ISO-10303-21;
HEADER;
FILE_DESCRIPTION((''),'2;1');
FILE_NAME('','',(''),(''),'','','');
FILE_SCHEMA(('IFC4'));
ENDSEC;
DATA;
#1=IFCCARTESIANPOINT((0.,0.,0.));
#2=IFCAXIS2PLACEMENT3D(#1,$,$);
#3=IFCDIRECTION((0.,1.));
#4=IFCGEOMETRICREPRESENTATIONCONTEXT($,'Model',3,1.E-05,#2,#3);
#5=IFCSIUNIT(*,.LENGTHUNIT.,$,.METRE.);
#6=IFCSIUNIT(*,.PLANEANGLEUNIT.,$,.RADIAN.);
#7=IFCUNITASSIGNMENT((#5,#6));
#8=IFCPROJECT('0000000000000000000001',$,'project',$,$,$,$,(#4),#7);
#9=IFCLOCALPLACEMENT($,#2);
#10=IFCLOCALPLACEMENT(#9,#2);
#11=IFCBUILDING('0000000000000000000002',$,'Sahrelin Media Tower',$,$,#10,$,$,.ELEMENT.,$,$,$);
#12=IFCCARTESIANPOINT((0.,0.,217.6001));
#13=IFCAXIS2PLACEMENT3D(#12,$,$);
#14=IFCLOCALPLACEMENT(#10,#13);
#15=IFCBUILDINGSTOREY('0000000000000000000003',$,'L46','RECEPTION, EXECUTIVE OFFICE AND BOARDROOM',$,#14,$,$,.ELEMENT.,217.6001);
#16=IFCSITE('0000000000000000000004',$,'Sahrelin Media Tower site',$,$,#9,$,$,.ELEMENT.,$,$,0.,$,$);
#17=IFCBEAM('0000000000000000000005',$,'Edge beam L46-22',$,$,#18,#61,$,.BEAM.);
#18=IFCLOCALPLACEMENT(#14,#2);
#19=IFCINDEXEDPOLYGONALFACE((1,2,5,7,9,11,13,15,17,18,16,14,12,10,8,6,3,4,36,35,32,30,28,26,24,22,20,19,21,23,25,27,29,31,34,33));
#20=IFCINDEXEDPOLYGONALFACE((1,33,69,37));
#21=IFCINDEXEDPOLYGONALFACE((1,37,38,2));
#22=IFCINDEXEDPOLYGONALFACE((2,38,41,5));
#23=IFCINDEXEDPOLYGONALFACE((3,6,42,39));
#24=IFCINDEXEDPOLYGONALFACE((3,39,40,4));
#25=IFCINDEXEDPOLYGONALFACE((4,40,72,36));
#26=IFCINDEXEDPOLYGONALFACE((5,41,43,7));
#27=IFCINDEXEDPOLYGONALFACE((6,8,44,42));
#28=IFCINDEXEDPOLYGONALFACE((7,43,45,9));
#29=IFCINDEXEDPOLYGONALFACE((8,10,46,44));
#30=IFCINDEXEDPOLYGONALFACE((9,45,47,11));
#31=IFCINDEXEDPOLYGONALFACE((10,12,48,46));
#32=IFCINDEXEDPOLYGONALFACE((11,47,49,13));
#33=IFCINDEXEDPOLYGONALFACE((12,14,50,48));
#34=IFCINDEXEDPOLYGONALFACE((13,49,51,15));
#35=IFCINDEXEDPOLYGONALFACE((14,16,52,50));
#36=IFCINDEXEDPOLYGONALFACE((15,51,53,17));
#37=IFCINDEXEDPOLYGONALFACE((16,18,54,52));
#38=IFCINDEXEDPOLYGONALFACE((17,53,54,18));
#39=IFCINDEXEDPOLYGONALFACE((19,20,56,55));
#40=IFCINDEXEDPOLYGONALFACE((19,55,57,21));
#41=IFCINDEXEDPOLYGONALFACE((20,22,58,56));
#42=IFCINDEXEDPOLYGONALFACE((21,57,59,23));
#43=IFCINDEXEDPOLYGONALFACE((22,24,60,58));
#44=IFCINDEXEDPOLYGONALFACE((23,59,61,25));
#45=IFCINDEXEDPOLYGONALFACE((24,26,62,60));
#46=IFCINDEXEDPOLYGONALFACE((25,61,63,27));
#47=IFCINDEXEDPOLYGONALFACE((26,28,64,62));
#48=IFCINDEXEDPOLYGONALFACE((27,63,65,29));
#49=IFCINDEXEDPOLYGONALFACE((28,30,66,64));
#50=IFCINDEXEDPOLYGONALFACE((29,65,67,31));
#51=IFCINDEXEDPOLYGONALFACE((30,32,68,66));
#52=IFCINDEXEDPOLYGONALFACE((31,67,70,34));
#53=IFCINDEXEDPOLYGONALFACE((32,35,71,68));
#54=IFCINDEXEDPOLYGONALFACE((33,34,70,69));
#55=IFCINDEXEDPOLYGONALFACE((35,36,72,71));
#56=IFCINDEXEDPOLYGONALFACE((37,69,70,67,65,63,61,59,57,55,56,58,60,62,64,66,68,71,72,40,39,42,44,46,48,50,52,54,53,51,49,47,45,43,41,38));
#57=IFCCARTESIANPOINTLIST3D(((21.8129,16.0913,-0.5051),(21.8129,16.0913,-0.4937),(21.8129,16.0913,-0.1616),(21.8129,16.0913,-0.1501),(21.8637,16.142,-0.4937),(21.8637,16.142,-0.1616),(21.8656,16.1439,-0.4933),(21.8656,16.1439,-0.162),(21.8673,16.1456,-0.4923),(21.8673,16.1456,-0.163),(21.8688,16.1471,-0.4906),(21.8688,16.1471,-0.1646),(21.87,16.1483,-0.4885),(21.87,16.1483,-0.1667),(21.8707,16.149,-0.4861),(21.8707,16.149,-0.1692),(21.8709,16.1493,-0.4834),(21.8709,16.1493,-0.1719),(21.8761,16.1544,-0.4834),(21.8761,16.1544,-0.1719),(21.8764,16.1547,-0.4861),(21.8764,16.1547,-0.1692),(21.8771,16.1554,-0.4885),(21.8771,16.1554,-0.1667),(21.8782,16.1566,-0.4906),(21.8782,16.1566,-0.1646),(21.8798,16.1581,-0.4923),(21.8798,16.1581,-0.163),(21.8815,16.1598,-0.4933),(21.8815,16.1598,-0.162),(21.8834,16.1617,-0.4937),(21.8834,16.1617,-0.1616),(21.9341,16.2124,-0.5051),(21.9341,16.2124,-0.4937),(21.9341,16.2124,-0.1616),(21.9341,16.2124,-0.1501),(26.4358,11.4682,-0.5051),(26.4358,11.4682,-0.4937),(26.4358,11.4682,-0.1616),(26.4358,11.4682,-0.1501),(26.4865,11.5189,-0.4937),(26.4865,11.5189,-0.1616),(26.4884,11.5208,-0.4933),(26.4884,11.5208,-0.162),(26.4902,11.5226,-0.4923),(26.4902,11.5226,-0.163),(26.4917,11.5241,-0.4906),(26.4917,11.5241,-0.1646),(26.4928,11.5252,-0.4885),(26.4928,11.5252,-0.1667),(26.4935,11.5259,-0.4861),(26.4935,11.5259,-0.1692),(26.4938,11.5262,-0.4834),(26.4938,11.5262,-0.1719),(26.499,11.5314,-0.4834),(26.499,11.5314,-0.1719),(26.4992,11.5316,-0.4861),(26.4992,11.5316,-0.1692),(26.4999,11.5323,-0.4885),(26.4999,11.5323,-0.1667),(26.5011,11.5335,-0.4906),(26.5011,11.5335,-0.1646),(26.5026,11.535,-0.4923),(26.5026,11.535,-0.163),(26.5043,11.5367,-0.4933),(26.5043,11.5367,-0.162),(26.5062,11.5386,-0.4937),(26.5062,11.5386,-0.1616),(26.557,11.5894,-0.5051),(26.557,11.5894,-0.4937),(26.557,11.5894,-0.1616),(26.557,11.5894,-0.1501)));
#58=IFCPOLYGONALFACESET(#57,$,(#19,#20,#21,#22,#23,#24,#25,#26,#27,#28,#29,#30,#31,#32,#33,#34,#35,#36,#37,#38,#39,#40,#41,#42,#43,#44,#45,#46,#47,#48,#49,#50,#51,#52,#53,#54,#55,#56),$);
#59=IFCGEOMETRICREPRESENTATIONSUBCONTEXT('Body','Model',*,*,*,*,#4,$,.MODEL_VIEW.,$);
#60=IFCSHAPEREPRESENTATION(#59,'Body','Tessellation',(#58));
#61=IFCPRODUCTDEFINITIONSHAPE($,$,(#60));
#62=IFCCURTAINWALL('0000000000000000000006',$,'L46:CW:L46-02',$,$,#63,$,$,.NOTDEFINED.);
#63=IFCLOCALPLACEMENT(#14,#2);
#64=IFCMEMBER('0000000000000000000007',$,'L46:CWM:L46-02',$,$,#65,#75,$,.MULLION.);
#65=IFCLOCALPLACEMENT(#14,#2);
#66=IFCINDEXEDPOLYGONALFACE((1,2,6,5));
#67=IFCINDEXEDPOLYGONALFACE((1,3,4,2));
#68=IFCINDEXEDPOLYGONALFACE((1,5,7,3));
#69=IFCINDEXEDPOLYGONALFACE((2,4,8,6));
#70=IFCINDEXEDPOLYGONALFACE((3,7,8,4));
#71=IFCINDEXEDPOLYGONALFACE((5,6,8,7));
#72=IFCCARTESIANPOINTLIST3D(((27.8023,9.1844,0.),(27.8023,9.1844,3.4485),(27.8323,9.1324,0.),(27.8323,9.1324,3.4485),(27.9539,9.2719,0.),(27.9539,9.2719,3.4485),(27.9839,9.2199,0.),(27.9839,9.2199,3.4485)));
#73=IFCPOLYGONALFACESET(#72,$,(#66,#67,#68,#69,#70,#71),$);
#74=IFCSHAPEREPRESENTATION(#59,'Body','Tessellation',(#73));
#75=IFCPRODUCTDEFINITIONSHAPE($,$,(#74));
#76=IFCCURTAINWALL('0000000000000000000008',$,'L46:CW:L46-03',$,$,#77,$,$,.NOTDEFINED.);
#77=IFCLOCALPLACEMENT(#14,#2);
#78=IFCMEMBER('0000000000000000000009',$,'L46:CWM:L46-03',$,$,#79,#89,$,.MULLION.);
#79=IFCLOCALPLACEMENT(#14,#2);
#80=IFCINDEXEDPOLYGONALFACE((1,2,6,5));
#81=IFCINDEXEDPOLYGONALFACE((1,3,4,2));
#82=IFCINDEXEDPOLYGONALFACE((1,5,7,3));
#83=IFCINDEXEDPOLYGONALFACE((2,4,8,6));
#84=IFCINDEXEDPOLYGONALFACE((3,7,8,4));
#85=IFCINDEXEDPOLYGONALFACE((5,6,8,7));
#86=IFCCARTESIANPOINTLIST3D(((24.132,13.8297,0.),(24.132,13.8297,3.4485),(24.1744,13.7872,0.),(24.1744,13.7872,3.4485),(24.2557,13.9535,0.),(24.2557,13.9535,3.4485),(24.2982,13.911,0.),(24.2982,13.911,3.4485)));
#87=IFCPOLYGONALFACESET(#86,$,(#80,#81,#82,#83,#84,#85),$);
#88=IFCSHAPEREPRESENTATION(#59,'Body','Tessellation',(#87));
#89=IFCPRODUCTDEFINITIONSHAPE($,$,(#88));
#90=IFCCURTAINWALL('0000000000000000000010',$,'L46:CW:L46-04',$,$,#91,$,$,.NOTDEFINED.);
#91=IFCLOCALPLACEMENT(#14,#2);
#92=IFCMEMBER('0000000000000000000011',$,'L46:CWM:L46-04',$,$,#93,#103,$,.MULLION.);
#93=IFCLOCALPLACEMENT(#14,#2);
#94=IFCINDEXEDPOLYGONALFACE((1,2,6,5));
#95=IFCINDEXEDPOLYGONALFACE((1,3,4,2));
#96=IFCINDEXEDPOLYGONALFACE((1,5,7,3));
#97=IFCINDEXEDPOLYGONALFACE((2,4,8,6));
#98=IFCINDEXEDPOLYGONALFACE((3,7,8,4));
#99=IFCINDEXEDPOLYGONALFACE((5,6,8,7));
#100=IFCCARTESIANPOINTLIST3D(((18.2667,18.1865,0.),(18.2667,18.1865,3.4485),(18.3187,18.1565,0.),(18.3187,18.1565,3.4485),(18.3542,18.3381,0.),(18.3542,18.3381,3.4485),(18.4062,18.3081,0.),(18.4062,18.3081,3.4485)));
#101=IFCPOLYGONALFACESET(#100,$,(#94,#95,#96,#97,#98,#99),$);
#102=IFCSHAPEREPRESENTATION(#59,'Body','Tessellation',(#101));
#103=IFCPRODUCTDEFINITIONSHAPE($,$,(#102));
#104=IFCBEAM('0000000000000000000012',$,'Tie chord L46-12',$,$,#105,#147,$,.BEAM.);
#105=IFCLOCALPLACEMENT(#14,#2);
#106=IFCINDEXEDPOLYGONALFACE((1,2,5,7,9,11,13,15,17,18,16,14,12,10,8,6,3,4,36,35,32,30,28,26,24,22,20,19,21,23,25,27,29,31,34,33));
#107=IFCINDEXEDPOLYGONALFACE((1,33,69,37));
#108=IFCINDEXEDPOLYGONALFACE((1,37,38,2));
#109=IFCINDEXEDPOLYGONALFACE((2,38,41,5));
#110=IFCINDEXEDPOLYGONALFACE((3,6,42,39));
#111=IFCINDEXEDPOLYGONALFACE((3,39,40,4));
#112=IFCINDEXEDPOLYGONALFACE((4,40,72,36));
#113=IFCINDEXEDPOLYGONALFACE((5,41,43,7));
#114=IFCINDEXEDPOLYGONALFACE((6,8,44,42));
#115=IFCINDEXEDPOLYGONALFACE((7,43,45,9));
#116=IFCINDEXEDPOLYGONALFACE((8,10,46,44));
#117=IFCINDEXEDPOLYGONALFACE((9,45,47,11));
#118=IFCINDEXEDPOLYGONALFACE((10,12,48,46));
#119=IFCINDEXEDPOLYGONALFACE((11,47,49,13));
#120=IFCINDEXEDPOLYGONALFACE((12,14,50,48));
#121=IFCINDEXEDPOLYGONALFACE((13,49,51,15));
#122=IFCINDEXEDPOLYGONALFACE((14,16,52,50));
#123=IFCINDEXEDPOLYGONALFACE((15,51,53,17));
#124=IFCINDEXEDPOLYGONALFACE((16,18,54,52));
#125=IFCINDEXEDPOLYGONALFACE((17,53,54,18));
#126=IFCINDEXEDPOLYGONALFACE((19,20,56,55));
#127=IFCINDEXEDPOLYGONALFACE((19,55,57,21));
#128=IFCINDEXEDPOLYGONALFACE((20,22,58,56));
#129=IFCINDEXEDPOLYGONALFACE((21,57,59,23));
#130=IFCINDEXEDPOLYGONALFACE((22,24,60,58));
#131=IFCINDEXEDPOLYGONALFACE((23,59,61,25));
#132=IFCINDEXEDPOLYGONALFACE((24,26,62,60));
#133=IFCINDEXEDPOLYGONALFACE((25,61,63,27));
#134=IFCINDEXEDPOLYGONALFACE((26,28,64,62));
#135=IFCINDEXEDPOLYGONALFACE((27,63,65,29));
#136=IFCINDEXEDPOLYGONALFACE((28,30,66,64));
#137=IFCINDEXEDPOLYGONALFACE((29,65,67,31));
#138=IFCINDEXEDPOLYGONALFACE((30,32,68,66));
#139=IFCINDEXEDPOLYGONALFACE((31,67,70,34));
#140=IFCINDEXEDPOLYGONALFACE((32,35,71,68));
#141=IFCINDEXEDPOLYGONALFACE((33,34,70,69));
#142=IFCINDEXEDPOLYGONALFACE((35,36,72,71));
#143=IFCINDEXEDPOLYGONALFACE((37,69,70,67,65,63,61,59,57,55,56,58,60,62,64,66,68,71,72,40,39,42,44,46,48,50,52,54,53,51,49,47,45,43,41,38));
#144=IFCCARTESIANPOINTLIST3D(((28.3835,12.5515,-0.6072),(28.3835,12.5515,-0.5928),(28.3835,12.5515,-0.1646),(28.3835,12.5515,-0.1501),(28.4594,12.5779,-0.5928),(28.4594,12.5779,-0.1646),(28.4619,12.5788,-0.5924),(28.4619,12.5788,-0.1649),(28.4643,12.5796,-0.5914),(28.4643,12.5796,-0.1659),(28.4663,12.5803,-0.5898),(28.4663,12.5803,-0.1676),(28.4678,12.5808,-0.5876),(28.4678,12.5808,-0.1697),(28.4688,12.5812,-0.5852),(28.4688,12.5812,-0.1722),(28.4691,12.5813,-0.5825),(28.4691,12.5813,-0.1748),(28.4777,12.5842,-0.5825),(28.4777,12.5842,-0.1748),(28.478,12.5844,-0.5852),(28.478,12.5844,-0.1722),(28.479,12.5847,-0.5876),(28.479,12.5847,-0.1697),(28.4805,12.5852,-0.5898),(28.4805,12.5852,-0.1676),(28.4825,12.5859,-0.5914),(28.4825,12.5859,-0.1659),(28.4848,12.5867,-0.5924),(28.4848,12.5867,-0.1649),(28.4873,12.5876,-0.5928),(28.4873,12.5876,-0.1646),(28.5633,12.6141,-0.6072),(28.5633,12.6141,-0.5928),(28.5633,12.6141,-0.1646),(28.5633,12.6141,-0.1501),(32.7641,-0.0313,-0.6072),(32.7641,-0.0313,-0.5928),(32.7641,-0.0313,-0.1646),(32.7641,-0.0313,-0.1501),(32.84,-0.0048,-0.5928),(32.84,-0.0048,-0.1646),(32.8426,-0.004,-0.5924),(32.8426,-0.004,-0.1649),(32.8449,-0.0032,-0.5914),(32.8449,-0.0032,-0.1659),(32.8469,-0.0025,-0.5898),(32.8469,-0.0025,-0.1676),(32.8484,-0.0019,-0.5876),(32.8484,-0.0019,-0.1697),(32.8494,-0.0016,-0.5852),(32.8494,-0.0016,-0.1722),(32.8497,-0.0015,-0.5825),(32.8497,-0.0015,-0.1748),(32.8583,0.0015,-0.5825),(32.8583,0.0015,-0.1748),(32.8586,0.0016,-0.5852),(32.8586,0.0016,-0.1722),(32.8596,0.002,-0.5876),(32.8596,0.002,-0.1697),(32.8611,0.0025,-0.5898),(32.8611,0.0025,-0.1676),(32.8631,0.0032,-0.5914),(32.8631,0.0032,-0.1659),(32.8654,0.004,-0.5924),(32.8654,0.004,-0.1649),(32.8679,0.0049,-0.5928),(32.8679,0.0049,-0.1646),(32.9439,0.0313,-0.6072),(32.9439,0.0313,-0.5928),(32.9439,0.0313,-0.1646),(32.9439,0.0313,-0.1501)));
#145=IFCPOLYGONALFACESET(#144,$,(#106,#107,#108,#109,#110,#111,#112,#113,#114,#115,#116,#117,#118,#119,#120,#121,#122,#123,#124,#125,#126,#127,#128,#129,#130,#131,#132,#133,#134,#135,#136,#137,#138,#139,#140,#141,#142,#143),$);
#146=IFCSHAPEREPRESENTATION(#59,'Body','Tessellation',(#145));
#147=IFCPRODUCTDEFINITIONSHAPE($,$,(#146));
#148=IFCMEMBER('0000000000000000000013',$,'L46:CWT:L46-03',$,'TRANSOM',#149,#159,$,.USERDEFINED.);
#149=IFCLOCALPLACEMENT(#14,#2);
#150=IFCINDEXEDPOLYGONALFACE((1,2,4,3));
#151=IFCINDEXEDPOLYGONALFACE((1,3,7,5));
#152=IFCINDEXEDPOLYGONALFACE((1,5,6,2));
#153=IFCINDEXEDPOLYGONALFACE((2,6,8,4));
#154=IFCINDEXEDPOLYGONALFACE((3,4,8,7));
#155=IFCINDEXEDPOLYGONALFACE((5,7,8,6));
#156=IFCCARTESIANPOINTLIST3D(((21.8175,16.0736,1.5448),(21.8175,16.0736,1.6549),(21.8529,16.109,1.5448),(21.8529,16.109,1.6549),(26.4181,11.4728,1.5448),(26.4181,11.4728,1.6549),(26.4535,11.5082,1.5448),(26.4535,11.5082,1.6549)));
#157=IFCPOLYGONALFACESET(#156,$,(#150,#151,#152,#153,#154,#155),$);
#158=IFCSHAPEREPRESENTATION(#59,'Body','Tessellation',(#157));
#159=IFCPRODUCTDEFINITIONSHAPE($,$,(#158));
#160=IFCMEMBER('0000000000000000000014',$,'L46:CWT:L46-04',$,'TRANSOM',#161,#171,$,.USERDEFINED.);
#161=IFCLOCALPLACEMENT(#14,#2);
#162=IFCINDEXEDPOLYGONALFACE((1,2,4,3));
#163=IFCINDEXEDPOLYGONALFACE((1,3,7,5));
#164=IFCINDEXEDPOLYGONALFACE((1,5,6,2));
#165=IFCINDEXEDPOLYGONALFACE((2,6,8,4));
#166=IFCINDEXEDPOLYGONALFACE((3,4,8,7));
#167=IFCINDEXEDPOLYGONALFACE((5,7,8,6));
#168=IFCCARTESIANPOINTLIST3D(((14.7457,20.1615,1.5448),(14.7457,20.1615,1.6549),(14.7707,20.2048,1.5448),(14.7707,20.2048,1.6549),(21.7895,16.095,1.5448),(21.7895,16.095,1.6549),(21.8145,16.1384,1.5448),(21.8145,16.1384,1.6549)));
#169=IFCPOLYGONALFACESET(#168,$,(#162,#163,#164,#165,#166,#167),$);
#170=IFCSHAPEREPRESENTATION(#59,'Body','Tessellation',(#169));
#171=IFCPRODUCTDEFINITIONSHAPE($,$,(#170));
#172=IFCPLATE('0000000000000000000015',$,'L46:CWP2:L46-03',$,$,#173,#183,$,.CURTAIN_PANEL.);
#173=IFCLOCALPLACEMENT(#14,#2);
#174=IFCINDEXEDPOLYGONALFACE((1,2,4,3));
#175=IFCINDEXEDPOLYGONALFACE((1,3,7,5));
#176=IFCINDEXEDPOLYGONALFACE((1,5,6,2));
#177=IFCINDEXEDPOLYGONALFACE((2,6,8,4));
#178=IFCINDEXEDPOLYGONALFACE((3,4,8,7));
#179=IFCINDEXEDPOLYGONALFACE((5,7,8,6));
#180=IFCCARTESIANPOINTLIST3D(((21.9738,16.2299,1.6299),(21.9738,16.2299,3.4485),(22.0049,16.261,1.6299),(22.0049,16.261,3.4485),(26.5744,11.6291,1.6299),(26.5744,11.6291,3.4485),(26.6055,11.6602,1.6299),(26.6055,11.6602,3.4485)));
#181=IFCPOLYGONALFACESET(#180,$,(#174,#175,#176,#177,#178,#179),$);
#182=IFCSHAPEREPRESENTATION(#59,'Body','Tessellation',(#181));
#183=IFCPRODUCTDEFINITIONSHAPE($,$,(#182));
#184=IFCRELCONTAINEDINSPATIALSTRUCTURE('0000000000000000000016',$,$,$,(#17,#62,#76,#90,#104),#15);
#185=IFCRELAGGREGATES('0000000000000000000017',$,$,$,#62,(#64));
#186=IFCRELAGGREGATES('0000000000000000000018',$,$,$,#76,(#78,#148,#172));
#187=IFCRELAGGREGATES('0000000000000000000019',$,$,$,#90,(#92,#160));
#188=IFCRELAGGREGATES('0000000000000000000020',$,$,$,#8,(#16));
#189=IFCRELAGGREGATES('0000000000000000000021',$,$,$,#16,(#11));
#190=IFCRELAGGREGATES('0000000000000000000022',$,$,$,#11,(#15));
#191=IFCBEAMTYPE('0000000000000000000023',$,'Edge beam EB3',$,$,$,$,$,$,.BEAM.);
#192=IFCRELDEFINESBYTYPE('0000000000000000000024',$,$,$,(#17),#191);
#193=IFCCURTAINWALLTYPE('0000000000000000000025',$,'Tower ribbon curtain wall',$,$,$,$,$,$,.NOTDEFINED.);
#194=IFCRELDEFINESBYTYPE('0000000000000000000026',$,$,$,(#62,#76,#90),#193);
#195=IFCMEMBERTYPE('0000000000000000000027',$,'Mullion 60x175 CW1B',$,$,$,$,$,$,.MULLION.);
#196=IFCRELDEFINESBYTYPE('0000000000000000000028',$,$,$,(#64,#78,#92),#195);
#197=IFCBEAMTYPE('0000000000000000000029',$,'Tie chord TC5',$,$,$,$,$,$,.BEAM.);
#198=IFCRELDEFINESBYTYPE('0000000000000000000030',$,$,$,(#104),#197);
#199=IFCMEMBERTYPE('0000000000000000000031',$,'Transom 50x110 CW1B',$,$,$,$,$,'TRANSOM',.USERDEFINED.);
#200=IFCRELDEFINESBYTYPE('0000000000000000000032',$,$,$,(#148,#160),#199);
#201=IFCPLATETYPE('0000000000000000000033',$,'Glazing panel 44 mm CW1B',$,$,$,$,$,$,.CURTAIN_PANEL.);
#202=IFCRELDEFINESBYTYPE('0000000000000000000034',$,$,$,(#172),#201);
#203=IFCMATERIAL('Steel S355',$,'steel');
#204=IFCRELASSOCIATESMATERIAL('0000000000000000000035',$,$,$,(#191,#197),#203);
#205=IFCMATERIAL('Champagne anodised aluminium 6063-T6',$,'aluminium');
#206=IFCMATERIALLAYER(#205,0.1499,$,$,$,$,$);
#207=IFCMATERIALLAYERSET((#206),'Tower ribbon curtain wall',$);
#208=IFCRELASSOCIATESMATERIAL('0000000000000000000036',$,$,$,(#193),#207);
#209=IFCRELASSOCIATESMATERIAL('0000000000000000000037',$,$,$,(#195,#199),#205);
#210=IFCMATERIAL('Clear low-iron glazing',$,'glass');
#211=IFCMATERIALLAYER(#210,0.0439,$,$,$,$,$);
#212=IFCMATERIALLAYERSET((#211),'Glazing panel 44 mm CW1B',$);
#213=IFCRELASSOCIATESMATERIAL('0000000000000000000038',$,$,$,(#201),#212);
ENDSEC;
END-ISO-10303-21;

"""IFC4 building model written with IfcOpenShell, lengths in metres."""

from ifc_helpers import new_model, si_unit, direction, frame, origin, origin_2d, place, context, subcontext, project, spatial, polyline, rectangle, i_section, outline, extrude, material, layer, layer_set, material_profile, profile_set, type_object, element, aggregate, save


model = new_model("IFC4")

# Units and contexts
model_context = context("Model", 3, precision=1e-05, world=origin(), true_north=direction((0.0, 1.0)))
body_context = subcontext(model_context, "Body", "Model", "MODEL_VIEW")
ifc_project = project(units=[si_unit("LENGTHUNIT", "METRE"), si_unit("PLANEANGLEUNIT", "RADIAN")], contexts=[model_context])

# Site, building, storey
site_placement = place(None, origin())
site = spatial("IfcSite", under=ifc_project, at=site_placement, Name="Sahrelin Media Tower site", CompositionType="ELEMENT", RefElevation=0.0)
building_placement = place(site_placement, origin())
building = spatial("IfcBuilding", under=site, at=building_placement, Name="Sahrelin Media Tower", CompositionType="ELEMENT")
storey_placement = place(building_placement, frame((0.0, 0.0, 217.6001)))
storey = spatial("IfcBuildingStorey", under=building, at=storey_placement, Name="L46", Description="RECEPTION, EXECUTIVE OFFICE AND BOARDROOM", CompositionType="ELEMENT", Elevation=217.6001)

# Beam
ifc_material_1 = material(Name="Steel S355", Category="steel")
ifc_material_profile_1 = material_profile(ifc_material_1, i_section(OverallWidth=0.1714, OverallDepth=0.355, WebThickness=0.0073, FlangeThickness=0.0115, FilletRadius=0.0103, at=origin_2d()), Name="UB 356x171x51")
ifc_profile_set_1 = profile_set([ifc_material_profile_1], Name="Steel S355")
beam_type_1 = type_object("IfcBeamType", Name="Edge beam EB3", PredefinedType="BEAM", material=ifc_profile_set_1)
beam_1_placement = place(storey_placement, frame((21.8735, 16.1519, -0.3276), z_axis=(0.707088, -0.707125, 0.0), x_axis=(0.707125, 0.707088, 0.0)))
element("IfcBeam", 1, at=beam_1_placement, inside=storey, type_object=beam_type_1, Name="Edge beam L46-22", PredefinedType="BEAM", context=body_context, shape_type="SweptSolid", body=[
    extrude(i_section(OverallWidth=0.1714, OverallDepth=0.355, WebThickness=0.0073, FlangeThickness=0.0115, FilletRadius=0.0103, at=origin_2d()), origin(), (0.0, 0.0, 1.0), 6.5378),
])

# Curtain walls, members
ifc_material_2 = material(Name="Champagne anodised aluminium 6063-T6", Category="aluminium")
ifc_layer_1 = layer(ifc_material_2, 0.1499)
ifc_layer_set_1 = layer_set([ifc_layer_1], Name="Tower ribbon curtain wall")
curtain_wall_type = type_object("IfcCurtainWallType", Name="Tower ribbon curtain wall", PredefinedType="NOTDEFINED", material=ifc_layer_set_1)
curtain_wall_1_placement = place(storey_placement, frame((27.9861, 9.2559, 0.0), z_axis=(0.0, 0.0, 1.0), x_axis=(1.0, 0.0, 0.0)))
curtain_wall_1 = element("IfcCurtainWall", 2, at=curtain_wall_1_placement, inside=storey, type_object=curtain_wall_type, Name="L46:CW:L46-02", PredefinedType="NOTDEFINED")
ifc_material_profile_2 = material_profile(ifc_material_2, rectangle(XDim=0.0601, YDim=0.175, at=origin_2d()), Name="Mullion 60x175")
ifc_profile_set_2 = profile_set([ifc_material_profile_2], Name="Champagne anodised aluminium 6063-T6")
member_type_1 = type_object("IfcMemberType", Name="Mullion 60x175 CW1B", PredefinedType="MULLION", material=ifc_profile_set_2)
member_1_placement = place(storey_placement, frame((27.8931, 9.2021, 0.0), z_axis=(0.0, 0.0, 1.0), x_axis=(-0.499995, 0.866028, 0.0)))
member_1 = element("IfcMember", 3, at=member_1_placement, type_object=member_type_1, Name="L46:CWM:L46-02", PredefinedType="MULLION", context=body_context, shape_type="SweptSolid", body=[
    extrude(rectangle(XDim=0.0601, YDim=0.175, at=origin_2d()), origin(), (0.0, 0.0, 1.0), 3.4485),
])
aggregate(curtain_wall_1, [member_1])
curtain_wall_2_placement = place(storey_placement, frame((24.291, 13.9463, 0.0), z_axis=(0.0, 0.0, 1.0), x_axis=(1.0, 0.0, 0.0)))
curtain_wall_2 = element("IfcCurtainWall", 4, at=curtain_wall_2_placement, inside=storey, type_object=curtain_wall_type, Name="L46:CW:L46-03", PredefinedType="NOTDEFINED")
member_2_placement = place(storey_placement, frame((24.2151, 13.8704, 0.0), z_axis=(0.0, 0.0, 1.0), x_axis=(-0.707107, 0.707107, 0.0)))
member_2 = element("IfcMember", 5, at=member_2_placement, type_object=member_type_1, Name="L46:CWM:L46-03", PredefinedType="MULLION", context=body_context, shape_type="SweptSolid", body=[
    extrude(rectangle(XDim=0.0601, YDim=0.175, at=origin_2d()), origin(), (0.0, 0.0, 1.0), 3.4485),
])
curtain_wall_3_placement = place(storey_placement, frame((18.3901, 18.3403, 0.0), z_axis=(0.0, 0.0, 1.0), x_axis=(1.0, 0.0, 0.0)))
curtain_wall_3 = element("IfcCurtainWall", 6, at=curtain_wall_3_placement, inside=storey, type_object=curtain_wall_type, Name="L46:CW:L46-04", PredefinedType="NOTDEFINED")
member_3_placement = place(storey_placement, frame((18.3364, 18.2473, 0.0), z_axis=(0.0, 0.0, 1.0), x_axis=(-0.866026, 0.499998, 0.0)))
member_3 = element("IfcMember", 7, at=member_3_placement, type_object=member_type_1, Name="L46:CWM:L46-04", PredefinedType="MULLION", context=body_context, shape_type="SweptSolid", body=[
    extrude(rectangle(XDim=0.0601, YDim=0.175, at=origin_2d()), origin(), (0.0, 0.0, 1.0), 3.4485),
])

# Beam
ifc_material_profile_3 = material_profile(ifc_material_1, i_section(OverallWidth=0.1904, OverallDepth=0.457, WebThickness=0.009, FlangeThickness=0.0144, FilletRadius=0.0103, at=origin_2d()), Name="UB 457x191x74")
ifc_profile_set_3 = profile_set([ifc_material_profile_3], Name="Steel S355")
beam_type_2 = type_object("IfcBeamType", Name="Tie chord TC5", PredefinedType="BEAM", material=ifc_profile_set_3)
beam_2_placement = place(storey_placement, frame((28.4734, 12.5828, -0.3787), z_axis=(0.328789, -0.944404, 0.0), x_axis=(0.944404, 0.328789, 0.0)))
element("IfcBeam", 8, at=beam_2_placement, inside=storey, type_object=beam_type_2, Name="Tie chord L46-12", PredefinedType="BEAM", context=body_context, shape_type="SweptSolid", body=[
    extrude(i_section(OverallWidth=0.1904, OverallDepth=0.457, WebThickness=0.009, FlangeThickness=0.0144, FilletRadius=0.0103, at=origin_2d()), origin(), (0.0, 0.0, 1.0), 13.3235),
])

# Members
ifc_material_profile_4 = material_profile(ifc_material_2, rectangle(XDim=0.05, YDim=0.1101, at=origin_2d()), Name="Transom 50x110")
ifc_profile_set_4 = profile_set([ifc_material_profile_4], Name="Champagne anodised aluminium 6063-T6")
member_type_2 = type_object("IfcMemberType", Name="Transom 50x110 CW1B", ElementType="TRANSOM", PredefinedType="USERDEFINED", material=ifc_profile_set_4)
member_4_placement = place(storey_placement, frame((26.4358, 11.4905, 1.5999), z_axis=(-0.707088, 0.707126, 0.0), x_axis=(-0.707126, -0.707088, 0.0)))
member_4 = element("IfcMember", 9, at=member_4_placement, type_object=member_type_2, Name="L46:CWT:L46-03", ObjectType="TRANSOM", PredefinedType="USERDEFINED", context=body_context, shape_type="SweptSolid", body=[
    extrude(rectangle(XDim=0.05, YDim=0.1101, at=origin_2d()), origin(), (0.0, 0.0, 1.0), 6.5063),
])
member_5_placement = place(storey_placement, frame((21.802, 16.1167, 1.5999), z_axis=(-0.86604, 0.499975, 0.0), x_axis=(-0.499975, -0.86604, 0.0)))
member_5 = element("IfcMember", 10, at=member_5_placement, type_object=member_type_2, Name="L46:CWT:L46-04", ObjectType="TRANSOM", PredefinedType="USERDEFINED", context=body_context, shape_type="SweptSolid", body=[
    extrude(rectangle(XDim=0.05, YDim=0.1101, at=origin_2d()), origin(), (0.0, 0.0, 1.0), 8.1333),
])

# Plate
ifc_material_3 = material(Name="Clear low-iron glazing", Category="glass")
ifc_layer_2 = layer(ifc_material_3, 0.0439)
ifc_layer_set_2 = layer_set([ifc_layer_2], Name="Glazing panel 44 mm CW1B")
plate_type_1 = type_object("IfcPlateType", Name="Glazing panel 44 mm CW1B", PredefinedType="CURTAIN_PANEL", material=ifc_layer_set_2)
plate_1_placement = place(storey_placement, frame((26.6055, 11.6602, 1.6299), z_axis=(0.707126, 0.707088, 0.0), x_axis=(-0.707088, 0.707126, 0.0)))
plate_1 = element("IfcPlate", 11, at=plate_1_placement, type_object=plate_type_1, Name="L46:CWP2:L46-03", PredefinedType="CURTAIN_PANEL", context=body_context, shape_type="SweptSolid", body=[
    extrude(outline(polyline([(0.0, 0.0), (6.5063, 0.0), (6.5063, 1.8186), (0.0, 1.8186), (0.0, 0.0)])), origin(), (0.0, 0.0, -1.0), 0.0439),
])
aggregate(curtain_wall_2, [member_2, member_4, plate_1])
aggregate(curtain_wall_3, [member_3, member_5])

save(model, "model.ifc")
